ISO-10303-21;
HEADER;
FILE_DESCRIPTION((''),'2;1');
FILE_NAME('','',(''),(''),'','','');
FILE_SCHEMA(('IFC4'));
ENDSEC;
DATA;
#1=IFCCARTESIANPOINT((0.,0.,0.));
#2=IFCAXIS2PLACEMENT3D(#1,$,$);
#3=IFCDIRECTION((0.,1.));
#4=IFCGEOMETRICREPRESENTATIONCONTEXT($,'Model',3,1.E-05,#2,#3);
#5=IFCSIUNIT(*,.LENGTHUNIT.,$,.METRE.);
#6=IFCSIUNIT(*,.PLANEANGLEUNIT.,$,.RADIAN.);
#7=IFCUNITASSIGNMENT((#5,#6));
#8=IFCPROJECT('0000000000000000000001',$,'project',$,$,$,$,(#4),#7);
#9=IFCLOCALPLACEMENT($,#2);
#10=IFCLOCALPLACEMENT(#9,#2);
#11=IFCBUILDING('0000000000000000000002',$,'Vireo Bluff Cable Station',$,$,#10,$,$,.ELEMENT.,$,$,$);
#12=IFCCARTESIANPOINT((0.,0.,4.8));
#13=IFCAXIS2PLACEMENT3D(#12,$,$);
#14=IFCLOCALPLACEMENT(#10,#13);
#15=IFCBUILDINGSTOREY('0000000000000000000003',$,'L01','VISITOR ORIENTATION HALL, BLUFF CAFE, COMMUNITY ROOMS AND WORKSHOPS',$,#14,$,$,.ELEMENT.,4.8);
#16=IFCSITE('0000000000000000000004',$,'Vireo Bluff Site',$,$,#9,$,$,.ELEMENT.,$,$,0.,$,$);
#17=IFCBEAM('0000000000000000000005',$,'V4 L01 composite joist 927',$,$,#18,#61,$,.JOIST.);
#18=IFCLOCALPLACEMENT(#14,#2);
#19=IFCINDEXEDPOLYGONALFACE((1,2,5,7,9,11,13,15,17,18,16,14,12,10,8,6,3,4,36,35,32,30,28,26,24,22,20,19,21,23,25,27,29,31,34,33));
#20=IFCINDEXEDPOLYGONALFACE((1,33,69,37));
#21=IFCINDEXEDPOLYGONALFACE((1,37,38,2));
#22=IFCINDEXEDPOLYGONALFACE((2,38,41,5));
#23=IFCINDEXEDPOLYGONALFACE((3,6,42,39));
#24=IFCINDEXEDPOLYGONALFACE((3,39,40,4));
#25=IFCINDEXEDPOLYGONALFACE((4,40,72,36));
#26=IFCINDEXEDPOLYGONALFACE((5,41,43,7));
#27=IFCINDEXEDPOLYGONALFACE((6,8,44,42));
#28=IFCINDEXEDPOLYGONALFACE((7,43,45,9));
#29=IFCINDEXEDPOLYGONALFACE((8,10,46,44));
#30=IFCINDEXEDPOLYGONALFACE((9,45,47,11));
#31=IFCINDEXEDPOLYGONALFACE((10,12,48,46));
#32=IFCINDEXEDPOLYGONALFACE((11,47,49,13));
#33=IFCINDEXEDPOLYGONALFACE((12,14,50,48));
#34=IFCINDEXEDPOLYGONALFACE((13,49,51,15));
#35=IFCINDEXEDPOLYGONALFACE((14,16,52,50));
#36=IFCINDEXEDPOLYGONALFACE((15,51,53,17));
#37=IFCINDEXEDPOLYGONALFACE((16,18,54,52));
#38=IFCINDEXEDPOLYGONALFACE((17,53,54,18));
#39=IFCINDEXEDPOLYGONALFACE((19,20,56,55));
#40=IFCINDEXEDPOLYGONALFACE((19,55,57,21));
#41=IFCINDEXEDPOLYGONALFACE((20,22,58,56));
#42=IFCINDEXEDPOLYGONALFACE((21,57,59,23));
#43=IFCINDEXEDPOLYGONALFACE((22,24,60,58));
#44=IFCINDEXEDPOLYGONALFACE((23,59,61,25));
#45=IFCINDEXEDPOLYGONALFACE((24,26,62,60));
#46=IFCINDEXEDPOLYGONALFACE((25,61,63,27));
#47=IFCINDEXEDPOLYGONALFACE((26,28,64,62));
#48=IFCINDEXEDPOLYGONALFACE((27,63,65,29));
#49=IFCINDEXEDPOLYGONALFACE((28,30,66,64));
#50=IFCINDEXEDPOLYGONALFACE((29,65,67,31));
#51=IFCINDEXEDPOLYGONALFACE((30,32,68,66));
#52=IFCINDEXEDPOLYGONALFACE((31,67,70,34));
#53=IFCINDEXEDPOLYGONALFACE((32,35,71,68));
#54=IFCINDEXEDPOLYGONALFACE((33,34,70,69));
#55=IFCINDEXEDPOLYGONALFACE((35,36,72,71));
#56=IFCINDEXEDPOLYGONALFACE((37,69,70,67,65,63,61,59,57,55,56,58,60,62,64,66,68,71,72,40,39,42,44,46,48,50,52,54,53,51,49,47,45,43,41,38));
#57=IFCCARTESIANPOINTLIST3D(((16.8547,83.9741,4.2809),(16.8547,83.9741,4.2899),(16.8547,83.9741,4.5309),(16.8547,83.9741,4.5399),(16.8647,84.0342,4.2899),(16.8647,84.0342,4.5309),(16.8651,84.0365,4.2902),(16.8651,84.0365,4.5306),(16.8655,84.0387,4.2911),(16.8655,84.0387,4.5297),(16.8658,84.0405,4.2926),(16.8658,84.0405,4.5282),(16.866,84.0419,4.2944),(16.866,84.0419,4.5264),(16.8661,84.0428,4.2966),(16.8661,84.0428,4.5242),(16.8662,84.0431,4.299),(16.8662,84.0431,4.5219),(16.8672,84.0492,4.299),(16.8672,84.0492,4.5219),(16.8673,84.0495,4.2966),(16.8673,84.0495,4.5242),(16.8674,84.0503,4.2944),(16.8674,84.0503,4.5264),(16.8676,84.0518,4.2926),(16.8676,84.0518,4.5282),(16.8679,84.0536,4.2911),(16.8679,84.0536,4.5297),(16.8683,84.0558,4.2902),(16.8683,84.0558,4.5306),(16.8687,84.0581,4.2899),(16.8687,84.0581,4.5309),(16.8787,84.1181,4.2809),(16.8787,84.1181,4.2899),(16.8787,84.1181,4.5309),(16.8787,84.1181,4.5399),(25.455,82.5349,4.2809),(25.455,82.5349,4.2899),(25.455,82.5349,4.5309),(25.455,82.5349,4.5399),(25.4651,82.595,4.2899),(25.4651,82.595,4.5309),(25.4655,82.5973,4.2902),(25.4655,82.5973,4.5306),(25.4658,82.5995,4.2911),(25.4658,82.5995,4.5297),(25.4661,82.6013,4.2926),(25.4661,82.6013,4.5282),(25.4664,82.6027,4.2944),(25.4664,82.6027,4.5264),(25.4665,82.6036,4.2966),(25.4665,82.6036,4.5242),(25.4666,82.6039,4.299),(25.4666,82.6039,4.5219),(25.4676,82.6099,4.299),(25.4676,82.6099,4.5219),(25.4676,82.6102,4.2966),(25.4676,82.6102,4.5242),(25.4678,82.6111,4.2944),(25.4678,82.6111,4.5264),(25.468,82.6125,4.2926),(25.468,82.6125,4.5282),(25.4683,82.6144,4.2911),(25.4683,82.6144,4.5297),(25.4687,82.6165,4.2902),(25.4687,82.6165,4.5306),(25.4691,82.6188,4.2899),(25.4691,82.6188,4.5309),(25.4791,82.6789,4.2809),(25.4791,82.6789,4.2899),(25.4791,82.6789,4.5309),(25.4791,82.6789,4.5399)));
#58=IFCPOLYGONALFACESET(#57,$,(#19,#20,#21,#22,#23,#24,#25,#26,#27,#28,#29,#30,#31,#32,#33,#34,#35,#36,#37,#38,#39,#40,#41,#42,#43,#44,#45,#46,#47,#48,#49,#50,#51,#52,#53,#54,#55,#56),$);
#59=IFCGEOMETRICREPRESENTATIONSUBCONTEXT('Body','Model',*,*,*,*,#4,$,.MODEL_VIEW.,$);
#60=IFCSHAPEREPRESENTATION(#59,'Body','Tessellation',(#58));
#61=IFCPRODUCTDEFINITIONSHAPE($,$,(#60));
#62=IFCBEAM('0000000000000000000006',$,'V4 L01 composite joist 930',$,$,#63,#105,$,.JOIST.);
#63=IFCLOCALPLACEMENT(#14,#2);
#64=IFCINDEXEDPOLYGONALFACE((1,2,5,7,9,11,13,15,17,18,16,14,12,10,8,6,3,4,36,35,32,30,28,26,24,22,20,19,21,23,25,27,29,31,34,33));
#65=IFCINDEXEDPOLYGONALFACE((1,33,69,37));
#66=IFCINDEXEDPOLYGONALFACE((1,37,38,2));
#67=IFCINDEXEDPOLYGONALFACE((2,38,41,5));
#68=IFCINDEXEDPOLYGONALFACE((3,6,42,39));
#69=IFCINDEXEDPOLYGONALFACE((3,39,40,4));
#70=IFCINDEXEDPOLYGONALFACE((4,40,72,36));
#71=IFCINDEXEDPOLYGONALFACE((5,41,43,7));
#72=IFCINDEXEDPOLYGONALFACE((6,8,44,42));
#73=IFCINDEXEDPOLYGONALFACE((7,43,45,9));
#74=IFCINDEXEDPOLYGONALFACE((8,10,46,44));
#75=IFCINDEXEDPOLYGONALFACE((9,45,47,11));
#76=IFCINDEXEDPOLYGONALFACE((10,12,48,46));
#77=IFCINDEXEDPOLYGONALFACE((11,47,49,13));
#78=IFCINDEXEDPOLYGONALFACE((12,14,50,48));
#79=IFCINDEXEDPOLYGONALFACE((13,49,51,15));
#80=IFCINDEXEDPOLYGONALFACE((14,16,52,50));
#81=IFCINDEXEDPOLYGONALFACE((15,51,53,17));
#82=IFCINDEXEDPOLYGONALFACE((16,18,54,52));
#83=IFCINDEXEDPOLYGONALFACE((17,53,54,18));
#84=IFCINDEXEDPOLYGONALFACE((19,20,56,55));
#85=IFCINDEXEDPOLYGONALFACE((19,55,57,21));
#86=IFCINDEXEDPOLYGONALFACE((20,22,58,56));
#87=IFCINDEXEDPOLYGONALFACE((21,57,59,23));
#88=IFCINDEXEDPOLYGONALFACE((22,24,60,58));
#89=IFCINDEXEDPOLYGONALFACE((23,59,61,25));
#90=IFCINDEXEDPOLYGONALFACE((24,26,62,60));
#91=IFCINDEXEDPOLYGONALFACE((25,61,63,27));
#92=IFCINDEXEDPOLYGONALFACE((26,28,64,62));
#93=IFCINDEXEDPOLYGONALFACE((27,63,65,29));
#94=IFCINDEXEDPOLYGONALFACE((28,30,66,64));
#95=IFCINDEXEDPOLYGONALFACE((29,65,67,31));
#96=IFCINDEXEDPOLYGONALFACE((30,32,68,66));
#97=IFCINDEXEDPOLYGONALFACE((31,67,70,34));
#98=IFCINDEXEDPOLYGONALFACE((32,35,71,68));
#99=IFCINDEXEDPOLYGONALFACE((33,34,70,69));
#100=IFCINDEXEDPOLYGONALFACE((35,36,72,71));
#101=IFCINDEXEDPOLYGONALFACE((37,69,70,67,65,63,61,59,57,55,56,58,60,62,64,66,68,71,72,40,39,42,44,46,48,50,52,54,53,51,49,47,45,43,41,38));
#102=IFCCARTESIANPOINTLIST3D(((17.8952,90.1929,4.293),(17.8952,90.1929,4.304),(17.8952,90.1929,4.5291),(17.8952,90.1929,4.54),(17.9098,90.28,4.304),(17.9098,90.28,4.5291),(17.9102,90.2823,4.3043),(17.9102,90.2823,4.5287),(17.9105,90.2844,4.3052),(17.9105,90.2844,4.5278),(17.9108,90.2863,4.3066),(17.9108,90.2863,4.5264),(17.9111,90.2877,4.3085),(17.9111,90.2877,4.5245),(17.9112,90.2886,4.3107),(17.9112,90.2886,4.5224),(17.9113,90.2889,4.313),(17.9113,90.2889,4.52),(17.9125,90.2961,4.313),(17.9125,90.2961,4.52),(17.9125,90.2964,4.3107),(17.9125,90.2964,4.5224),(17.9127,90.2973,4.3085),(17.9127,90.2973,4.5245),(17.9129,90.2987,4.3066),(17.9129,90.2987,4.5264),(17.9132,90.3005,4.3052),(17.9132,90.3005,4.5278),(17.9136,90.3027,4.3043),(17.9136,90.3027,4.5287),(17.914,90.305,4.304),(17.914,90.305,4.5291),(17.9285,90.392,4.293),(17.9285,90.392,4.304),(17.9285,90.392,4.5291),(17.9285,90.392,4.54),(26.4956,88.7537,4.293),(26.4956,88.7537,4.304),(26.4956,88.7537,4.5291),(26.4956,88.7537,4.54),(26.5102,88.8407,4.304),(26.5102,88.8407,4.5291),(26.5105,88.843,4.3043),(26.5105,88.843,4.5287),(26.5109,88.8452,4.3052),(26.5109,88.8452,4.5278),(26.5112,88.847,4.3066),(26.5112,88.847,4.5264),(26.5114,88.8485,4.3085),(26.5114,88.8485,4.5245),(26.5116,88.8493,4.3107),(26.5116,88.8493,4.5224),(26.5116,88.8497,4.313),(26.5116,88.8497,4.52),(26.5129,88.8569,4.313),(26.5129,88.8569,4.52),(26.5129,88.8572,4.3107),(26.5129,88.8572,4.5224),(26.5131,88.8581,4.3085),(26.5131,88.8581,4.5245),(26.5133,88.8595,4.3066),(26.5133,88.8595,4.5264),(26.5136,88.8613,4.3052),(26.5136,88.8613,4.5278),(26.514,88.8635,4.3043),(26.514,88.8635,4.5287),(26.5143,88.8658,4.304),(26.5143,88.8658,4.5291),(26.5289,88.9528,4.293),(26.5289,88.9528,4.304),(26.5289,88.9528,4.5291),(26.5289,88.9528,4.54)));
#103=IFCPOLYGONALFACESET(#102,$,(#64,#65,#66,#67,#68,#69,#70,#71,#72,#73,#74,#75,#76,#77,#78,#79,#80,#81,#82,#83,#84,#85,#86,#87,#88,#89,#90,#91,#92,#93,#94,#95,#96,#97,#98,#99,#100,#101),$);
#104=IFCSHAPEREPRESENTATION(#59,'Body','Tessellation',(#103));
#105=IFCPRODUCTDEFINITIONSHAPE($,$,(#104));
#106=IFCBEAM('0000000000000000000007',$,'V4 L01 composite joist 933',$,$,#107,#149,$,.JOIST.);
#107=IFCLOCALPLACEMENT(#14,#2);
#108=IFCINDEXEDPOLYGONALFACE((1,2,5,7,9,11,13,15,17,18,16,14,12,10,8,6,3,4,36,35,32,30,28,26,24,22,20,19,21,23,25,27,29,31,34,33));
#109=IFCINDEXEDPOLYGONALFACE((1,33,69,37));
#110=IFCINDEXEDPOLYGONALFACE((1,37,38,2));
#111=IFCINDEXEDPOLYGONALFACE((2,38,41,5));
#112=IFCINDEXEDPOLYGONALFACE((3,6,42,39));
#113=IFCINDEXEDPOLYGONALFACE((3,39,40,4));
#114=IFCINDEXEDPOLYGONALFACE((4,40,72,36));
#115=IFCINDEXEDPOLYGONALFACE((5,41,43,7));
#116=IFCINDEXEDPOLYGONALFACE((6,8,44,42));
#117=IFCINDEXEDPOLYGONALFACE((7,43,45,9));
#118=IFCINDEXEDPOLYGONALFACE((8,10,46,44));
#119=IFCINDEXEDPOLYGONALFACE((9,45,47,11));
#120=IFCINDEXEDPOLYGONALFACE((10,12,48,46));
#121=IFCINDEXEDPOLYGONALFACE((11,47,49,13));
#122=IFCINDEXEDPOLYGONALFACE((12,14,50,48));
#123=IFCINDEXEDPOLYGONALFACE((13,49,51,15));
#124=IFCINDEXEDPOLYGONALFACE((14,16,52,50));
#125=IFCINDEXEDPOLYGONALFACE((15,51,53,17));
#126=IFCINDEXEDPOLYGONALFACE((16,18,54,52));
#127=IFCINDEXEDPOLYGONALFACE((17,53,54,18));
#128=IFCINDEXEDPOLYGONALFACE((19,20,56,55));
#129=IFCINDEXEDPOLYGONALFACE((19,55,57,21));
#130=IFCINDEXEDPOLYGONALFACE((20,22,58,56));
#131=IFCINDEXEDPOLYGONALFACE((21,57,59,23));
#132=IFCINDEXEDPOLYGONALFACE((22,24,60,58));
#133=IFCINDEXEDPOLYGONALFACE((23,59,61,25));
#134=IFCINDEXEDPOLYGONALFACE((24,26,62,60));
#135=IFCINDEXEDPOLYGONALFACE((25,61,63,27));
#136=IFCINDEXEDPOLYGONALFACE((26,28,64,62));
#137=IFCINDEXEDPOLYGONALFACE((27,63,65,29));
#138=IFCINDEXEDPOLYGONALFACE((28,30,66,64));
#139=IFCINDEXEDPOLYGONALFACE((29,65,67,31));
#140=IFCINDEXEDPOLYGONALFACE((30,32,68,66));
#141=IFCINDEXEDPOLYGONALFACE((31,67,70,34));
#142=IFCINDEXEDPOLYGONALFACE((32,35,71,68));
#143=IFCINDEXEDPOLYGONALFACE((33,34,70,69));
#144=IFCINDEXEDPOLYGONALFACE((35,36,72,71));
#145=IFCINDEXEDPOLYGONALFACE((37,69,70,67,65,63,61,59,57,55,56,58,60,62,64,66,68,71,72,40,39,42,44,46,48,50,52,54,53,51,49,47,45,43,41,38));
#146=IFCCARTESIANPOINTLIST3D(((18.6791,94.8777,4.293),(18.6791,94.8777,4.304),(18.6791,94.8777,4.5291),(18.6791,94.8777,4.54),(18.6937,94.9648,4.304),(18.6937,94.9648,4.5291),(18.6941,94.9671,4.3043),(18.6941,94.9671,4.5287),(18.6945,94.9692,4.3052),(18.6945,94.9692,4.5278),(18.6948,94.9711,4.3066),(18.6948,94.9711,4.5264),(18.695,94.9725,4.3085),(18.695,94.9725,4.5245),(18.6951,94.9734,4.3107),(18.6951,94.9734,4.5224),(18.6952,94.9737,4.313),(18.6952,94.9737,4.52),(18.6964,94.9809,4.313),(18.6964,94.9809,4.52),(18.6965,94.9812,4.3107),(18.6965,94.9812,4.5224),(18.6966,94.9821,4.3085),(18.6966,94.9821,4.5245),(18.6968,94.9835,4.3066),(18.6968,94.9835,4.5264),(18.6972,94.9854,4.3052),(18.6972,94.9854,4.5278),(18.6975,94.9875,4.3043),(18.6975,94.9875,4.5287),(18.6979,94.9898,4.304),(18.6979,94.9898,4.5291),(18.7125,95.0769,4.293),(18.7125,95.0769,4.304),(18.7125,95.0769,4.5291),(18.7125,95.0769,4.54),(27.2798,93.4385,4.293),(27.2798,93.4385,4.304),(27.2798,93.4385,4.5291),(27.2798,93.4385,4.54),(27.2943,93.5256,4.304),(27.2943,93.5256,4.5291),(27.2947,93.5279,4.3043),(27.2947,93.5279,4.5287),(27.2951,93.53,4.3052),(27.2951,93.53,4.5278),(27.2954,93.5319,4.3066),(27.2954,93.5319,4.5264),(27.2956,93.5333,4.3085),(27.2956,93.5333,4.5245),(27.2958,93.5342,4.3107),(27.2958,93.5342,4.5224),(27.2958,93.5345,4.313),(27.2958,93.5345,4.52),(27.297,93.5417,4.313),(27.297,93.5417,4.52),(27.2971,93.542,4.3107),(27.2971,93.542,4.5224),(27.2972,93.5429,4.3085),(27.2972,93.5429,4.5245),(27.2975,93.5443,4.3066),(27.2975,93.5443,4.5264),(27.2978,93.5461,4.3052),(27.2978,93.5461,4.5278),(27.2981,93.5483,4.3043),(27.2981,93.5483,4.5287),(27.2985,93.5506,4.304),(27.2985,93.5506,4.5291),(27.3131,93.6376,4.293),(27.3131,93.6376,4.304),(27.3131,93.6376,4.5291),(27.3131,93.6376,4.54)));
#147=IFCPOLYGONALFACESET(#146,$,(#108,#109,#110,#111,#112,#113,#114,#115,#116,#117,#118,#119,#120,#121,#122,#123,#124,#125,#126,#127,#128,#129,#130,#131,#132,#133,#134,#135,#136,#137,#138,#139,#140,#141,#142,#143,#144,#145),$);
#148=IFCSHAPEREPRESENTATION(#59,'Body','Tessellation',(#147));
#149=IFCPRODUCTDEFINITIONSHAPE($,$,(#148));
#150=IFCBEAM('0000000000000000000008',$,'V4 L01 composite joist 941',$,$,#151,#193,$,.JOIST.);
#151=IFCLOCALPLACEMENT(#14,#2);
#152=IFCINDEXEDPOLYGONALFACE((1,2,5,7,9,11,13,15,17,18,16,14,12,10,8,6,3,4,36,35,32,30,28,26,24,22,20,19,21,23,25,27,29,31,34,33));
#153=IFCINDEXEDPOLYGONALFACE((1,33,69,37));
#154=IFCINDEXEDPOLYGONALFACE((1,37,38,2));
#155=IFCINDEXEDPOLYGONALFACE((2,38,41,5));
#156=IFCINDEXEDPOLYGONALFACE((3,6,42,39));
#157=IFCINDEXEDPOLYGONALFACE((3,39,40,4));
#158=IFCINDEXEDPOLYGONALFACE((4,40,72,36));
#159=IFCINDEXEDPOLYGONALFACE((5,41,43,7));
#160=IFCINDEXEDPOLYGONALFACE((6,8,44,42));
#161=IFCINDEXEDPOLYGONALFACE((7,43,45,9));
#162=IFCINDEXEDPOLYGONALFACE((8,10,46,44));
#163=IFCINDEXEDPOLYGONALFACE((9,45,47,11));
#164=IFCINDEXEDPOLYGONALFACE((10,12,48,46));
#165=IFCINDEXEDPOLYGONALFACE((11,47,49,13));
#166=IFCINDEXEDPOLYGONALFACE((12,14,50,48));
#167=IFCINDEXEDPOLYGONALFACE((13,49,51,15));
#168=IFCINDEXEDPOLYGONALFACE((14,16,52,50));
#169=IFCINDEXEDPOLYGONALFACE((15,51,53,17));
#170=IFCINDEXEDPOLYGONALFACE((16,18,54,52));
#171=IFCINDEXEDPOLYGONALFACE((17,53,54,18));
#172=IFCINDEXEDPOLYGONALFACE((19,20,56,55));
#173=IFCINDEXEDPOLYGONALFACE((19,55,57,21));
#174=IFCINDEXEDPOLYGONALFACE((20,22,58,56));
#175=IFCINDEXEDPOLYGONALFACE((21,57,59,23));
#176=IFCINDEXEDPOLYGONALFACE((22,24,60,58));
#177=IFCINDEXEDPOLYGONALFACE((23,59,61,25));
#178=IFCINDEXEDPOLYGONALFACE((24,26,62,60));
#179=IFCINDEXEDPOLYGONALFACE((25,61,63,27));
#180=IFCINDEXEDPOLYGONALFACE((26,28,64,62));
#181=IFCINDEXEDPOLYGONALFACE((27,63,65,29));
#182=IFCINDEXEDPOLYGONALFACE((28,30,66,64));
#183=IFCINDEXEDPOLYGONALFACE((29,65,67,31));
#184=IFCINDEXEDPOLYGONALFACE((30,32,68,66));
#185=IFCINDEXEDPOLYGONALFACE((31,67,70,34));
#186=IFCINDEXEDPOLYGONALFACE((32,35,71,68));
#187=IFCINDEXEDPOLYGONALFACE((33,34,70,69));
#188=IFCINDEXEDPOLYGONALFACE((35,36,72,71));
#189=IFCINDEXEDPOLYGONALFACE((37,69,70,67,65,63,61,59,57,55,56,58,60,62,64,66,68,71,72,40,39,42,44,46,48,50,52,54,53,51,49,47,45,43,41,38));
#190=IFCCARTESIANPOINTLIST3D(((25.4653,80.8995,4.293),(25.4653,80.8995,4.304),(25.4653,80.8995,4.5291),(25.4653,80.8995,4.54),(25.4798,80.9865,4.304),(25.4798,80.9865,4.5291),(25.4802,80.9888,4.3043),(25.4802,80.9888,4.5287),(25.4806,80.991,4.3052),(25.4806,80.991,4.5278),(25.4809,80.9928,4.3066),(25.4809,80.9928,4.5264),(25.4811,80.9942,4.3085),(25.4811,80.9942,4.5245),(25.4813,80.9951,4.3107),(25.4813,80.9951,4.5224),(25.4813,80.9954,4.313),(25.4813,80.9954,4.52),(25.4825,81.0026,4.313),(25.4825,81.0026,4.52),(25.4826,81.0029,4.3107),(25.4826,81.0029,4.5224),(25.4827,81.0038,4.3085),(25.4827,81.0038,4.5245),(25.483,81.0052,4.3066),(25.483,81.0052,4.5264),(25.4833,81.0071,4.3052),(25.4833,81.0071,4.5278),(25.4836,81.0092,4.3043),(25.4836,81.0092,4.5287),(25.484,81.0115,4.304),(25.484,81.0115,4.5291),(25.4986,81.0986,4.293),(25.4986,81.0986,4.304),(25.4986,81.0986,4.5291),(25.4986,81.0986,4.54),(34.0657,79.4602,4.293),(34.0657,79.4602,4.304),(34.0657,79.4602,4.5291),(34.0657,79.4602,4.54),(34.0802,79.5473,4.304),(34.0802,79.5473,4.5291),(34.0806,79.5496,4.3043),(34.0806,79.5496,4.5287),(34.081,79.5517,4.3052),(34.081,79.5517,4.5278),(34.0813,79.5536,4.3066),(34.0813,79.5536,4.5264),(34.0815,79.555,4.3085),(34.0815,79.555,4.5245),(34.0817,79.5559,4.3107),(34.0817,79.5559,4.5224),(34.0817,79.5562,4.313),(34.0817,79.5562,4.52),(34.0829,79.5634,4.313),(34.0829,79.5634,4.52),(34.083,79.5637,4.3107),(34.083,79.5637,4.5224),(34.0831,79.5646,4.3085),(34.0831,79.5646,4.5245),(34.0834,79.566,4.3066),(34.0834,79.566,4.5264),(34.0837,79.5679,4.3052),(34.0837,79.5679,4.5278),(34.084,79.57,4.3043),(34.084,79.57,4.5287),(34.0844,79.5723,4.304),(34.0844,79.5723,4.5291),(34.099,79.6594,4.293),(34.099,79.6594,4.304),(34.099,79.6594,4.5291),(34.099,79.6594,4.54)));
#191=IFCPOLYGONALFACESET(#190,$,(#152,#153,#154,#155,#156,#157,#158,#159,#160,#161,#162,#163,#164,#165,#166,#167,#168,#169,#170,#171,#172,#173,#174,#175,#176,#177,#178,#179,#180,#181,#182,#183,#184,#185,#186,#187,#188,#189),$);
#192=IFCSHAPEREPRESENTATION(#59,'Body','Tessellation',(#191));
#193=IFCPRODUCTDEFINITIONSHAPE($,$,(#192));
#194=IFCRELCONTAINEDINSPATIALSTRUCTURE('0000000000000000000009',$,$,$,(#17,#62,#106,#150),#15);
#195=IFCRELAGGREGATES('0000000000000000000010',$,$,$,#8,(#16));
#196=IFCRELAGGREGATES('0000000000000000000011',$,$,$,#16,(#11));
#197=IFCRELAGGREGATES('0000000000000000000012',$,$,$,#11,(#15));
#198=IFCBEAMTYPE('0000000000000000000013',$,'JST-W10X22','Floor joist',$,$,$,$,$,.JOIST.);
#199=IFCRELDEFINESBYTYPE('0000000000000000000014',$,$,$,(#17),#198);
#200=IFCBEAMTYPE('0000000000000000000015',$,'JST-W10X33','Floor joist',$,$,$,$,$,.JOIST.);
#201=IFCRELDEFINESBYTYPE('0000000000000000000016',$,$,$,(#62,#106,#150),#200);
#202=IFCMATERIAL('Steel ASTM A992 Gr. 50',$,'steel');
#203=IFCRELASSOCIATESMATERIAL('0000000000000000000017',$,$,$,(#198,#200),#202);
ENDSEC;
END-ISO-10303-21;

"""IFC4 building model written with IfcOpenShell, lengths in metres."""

from ifc_helpers import new_model, si_unit, direction, frame, origin, origin_2d, place, context, subcontext, project, spatial, i_section, extrude, material, material_profile, profile_set, type_object, element, save


model = new_model("IFC4")

# Units and contexts
model_context = context("Model", 3, precision=1e-05, world=origin(), true_north=direction((0.0, 1.0)))
body_context = subcontext(model_context, "Body", "Model", "MODEL_VIEW")
ifc_project = project(units=[si_unit("LENGTHUNIT", "METRE"), si_unit("PLANEANGLEUNIT", "RADIAN")], contexts=[model_context])

# Site, building, storey
site_placement = place(None, origin())
site = spatial("IfcSite", under=ifc_project, at=site_placement, Name="Vireo Bluff Site", CompositionType="ELEMENT", RefElevation=0.0)
building_placement = place(site_placement, origin())
building = spatial("IfcBuilding", under=site, at=building_placement, Name="Vireo Bluff Cable Station", CompositionType="ELEMENT")
storey_placement = place(building_placement, frame((0.0, 0.0, 4.8)))
storey = spatial("IfcBuildingStorey", under=building, at=storey_placement, Name="L01", Description="VISITOR ORIENTATION HALL, BLUFF CAFE, COMMUNITY ROOMS AND WORKSHOPS", CompositionType="ELEMENT", Elevation=4.8)

# Shared definitions
ifc_material_1 = material(Name="Steel ASTM A992 Gr. 50", Category="steel")

# Beams
ifc_material_profile_1 = material_profile(ifc_material_1, i_section(OverallWidth=0.146, OverallDepth=0.259, WebThickness=0.0061, FlangeThickness=0.009, FilletRadius=0.009, at=origin_2d()), Name="W10X22")
ifc_profile_set_1 = profile_set([ifc_material_profile_1], Name="Steel ASTM A992 Gr. 50")
beam_type_1 = type_object("IfcBeamType", Name="JST-W10X22", Description="Floor joist", PredefinedType="JOIST", material=ifc_profile_set_1)
beam_1_placement = place(storey_placement, frame((16.8667, 84.0461, 4.4104), z_axis=(0.986286, -0.165048, 0.0), x_axis=(0.165048, 0.986286, 0.0)))
element("IfcBeam", 1, at=beam_1_placement, inside=storey, type_object=beam_type_1, Name="V4 L01 composite joist 927", PredefinedType="JOIST", context=body_context, shape_type="SweptSolid", body=[
    extrude(i_section(OverallWidth=0.146, OverallDepth=0.259, WebThickness=0.0061, FlangeThickness=0.009, FilletRadius=0.009, at=origin_2d()), origin(), (0.0, 0.0, 1.0), 8.72),
])
ifc_material_profile_2 = material_profile(ifc_material_1, i_section(OverallWidth=0.2019, OverallDepth=0.2471, WebThickness=0.0073, FlangeThickness=0.011, FilletRadius=0.009, at=origin_2d()), Name="W10X33")
ifc_profile_set_2 = profile_set([ifc_material_profile_2], Name="Steel ASTM A992 Gr. 50")
beam_type_2 = type_object("IfcBeamType", Name="JST-W10X33", Description="Floor joist", PredefinedType="JOIST", material=ifc_profile_set_2)
beam_2_placement = place(storey_placement, frame((17.9119, 90.2925, 4.4165), z_axis=(0.986286, -0.165048, 0.0), x_axis=(0.165048, 0.986286, 0.0)))
element("IfcBeam", 2, at=beam_2_placement, inside=storey, type_object=beam_type_2, Name="V4 L01 composite joist 930", PredefinedType="JOIST", context=body_context, shape_type="SweptSolid", body=[
    extrude(i_section(OverallWidth=0.2019, OverallDepth=0.2471, WebThickness=0.0073, FlangeThickness=0.011, FilletRadius=0.009, at=origin_2d()), origin(), (0.0, 0.0, 1.0), 8.72),
])
beam_3_placement = place(storey_placement, frame((18.6958, 94.9773, 4.4165), z_axis=(0.986286, -0.165044, 0.0), x_axis=(0.165044, 0.986286, 0.0)))
element("IfcBeam", 3, at=beam_3_placement, inside=storey, type_object=beam_type_2, Name="V4 L01 composite joist 933", PredefinedType="JOIST", context=body_context, shape_type="SweptSolid", body=[
    extrude(i_section(OverallWidth=0.2019, OverallDepth=0.2471, WebThickness=0.0073, FlangeThickness=0.011, FilletRadius=0.009, at=origin_2d()), origin(), (0.0, 0.0, 1.0), 8.7202),
])
for number, where, z_axis, x_axis, name in (
    (4, (25.4819, 80.999, 4.4165), (0.986286, -0.165048, 0.0), (0.165048, 0.986286, 0.0), "V4 L01 composite joist 941"),
):
    element("IfcBeam", number, at=place(storey_placement, frame(where, z_axis=z_axis, x_axis=x_axis)), inside=storey, type_object=beam_type_2, Name=name, PredefinedType="JOIST", context=body_context, shape_type="SweptSolid", body=[
        extrude(i_section(OverallWidth=0.2019, OverallDepth=0.2471, WebThickness=0.0073, FlangeThickness=0.011, FilletRadius=0.009, at=origin_2d()), origin(), (0.0, 0.0, 1.0), 8.72),
    ])

save(model, "model.ifc")
